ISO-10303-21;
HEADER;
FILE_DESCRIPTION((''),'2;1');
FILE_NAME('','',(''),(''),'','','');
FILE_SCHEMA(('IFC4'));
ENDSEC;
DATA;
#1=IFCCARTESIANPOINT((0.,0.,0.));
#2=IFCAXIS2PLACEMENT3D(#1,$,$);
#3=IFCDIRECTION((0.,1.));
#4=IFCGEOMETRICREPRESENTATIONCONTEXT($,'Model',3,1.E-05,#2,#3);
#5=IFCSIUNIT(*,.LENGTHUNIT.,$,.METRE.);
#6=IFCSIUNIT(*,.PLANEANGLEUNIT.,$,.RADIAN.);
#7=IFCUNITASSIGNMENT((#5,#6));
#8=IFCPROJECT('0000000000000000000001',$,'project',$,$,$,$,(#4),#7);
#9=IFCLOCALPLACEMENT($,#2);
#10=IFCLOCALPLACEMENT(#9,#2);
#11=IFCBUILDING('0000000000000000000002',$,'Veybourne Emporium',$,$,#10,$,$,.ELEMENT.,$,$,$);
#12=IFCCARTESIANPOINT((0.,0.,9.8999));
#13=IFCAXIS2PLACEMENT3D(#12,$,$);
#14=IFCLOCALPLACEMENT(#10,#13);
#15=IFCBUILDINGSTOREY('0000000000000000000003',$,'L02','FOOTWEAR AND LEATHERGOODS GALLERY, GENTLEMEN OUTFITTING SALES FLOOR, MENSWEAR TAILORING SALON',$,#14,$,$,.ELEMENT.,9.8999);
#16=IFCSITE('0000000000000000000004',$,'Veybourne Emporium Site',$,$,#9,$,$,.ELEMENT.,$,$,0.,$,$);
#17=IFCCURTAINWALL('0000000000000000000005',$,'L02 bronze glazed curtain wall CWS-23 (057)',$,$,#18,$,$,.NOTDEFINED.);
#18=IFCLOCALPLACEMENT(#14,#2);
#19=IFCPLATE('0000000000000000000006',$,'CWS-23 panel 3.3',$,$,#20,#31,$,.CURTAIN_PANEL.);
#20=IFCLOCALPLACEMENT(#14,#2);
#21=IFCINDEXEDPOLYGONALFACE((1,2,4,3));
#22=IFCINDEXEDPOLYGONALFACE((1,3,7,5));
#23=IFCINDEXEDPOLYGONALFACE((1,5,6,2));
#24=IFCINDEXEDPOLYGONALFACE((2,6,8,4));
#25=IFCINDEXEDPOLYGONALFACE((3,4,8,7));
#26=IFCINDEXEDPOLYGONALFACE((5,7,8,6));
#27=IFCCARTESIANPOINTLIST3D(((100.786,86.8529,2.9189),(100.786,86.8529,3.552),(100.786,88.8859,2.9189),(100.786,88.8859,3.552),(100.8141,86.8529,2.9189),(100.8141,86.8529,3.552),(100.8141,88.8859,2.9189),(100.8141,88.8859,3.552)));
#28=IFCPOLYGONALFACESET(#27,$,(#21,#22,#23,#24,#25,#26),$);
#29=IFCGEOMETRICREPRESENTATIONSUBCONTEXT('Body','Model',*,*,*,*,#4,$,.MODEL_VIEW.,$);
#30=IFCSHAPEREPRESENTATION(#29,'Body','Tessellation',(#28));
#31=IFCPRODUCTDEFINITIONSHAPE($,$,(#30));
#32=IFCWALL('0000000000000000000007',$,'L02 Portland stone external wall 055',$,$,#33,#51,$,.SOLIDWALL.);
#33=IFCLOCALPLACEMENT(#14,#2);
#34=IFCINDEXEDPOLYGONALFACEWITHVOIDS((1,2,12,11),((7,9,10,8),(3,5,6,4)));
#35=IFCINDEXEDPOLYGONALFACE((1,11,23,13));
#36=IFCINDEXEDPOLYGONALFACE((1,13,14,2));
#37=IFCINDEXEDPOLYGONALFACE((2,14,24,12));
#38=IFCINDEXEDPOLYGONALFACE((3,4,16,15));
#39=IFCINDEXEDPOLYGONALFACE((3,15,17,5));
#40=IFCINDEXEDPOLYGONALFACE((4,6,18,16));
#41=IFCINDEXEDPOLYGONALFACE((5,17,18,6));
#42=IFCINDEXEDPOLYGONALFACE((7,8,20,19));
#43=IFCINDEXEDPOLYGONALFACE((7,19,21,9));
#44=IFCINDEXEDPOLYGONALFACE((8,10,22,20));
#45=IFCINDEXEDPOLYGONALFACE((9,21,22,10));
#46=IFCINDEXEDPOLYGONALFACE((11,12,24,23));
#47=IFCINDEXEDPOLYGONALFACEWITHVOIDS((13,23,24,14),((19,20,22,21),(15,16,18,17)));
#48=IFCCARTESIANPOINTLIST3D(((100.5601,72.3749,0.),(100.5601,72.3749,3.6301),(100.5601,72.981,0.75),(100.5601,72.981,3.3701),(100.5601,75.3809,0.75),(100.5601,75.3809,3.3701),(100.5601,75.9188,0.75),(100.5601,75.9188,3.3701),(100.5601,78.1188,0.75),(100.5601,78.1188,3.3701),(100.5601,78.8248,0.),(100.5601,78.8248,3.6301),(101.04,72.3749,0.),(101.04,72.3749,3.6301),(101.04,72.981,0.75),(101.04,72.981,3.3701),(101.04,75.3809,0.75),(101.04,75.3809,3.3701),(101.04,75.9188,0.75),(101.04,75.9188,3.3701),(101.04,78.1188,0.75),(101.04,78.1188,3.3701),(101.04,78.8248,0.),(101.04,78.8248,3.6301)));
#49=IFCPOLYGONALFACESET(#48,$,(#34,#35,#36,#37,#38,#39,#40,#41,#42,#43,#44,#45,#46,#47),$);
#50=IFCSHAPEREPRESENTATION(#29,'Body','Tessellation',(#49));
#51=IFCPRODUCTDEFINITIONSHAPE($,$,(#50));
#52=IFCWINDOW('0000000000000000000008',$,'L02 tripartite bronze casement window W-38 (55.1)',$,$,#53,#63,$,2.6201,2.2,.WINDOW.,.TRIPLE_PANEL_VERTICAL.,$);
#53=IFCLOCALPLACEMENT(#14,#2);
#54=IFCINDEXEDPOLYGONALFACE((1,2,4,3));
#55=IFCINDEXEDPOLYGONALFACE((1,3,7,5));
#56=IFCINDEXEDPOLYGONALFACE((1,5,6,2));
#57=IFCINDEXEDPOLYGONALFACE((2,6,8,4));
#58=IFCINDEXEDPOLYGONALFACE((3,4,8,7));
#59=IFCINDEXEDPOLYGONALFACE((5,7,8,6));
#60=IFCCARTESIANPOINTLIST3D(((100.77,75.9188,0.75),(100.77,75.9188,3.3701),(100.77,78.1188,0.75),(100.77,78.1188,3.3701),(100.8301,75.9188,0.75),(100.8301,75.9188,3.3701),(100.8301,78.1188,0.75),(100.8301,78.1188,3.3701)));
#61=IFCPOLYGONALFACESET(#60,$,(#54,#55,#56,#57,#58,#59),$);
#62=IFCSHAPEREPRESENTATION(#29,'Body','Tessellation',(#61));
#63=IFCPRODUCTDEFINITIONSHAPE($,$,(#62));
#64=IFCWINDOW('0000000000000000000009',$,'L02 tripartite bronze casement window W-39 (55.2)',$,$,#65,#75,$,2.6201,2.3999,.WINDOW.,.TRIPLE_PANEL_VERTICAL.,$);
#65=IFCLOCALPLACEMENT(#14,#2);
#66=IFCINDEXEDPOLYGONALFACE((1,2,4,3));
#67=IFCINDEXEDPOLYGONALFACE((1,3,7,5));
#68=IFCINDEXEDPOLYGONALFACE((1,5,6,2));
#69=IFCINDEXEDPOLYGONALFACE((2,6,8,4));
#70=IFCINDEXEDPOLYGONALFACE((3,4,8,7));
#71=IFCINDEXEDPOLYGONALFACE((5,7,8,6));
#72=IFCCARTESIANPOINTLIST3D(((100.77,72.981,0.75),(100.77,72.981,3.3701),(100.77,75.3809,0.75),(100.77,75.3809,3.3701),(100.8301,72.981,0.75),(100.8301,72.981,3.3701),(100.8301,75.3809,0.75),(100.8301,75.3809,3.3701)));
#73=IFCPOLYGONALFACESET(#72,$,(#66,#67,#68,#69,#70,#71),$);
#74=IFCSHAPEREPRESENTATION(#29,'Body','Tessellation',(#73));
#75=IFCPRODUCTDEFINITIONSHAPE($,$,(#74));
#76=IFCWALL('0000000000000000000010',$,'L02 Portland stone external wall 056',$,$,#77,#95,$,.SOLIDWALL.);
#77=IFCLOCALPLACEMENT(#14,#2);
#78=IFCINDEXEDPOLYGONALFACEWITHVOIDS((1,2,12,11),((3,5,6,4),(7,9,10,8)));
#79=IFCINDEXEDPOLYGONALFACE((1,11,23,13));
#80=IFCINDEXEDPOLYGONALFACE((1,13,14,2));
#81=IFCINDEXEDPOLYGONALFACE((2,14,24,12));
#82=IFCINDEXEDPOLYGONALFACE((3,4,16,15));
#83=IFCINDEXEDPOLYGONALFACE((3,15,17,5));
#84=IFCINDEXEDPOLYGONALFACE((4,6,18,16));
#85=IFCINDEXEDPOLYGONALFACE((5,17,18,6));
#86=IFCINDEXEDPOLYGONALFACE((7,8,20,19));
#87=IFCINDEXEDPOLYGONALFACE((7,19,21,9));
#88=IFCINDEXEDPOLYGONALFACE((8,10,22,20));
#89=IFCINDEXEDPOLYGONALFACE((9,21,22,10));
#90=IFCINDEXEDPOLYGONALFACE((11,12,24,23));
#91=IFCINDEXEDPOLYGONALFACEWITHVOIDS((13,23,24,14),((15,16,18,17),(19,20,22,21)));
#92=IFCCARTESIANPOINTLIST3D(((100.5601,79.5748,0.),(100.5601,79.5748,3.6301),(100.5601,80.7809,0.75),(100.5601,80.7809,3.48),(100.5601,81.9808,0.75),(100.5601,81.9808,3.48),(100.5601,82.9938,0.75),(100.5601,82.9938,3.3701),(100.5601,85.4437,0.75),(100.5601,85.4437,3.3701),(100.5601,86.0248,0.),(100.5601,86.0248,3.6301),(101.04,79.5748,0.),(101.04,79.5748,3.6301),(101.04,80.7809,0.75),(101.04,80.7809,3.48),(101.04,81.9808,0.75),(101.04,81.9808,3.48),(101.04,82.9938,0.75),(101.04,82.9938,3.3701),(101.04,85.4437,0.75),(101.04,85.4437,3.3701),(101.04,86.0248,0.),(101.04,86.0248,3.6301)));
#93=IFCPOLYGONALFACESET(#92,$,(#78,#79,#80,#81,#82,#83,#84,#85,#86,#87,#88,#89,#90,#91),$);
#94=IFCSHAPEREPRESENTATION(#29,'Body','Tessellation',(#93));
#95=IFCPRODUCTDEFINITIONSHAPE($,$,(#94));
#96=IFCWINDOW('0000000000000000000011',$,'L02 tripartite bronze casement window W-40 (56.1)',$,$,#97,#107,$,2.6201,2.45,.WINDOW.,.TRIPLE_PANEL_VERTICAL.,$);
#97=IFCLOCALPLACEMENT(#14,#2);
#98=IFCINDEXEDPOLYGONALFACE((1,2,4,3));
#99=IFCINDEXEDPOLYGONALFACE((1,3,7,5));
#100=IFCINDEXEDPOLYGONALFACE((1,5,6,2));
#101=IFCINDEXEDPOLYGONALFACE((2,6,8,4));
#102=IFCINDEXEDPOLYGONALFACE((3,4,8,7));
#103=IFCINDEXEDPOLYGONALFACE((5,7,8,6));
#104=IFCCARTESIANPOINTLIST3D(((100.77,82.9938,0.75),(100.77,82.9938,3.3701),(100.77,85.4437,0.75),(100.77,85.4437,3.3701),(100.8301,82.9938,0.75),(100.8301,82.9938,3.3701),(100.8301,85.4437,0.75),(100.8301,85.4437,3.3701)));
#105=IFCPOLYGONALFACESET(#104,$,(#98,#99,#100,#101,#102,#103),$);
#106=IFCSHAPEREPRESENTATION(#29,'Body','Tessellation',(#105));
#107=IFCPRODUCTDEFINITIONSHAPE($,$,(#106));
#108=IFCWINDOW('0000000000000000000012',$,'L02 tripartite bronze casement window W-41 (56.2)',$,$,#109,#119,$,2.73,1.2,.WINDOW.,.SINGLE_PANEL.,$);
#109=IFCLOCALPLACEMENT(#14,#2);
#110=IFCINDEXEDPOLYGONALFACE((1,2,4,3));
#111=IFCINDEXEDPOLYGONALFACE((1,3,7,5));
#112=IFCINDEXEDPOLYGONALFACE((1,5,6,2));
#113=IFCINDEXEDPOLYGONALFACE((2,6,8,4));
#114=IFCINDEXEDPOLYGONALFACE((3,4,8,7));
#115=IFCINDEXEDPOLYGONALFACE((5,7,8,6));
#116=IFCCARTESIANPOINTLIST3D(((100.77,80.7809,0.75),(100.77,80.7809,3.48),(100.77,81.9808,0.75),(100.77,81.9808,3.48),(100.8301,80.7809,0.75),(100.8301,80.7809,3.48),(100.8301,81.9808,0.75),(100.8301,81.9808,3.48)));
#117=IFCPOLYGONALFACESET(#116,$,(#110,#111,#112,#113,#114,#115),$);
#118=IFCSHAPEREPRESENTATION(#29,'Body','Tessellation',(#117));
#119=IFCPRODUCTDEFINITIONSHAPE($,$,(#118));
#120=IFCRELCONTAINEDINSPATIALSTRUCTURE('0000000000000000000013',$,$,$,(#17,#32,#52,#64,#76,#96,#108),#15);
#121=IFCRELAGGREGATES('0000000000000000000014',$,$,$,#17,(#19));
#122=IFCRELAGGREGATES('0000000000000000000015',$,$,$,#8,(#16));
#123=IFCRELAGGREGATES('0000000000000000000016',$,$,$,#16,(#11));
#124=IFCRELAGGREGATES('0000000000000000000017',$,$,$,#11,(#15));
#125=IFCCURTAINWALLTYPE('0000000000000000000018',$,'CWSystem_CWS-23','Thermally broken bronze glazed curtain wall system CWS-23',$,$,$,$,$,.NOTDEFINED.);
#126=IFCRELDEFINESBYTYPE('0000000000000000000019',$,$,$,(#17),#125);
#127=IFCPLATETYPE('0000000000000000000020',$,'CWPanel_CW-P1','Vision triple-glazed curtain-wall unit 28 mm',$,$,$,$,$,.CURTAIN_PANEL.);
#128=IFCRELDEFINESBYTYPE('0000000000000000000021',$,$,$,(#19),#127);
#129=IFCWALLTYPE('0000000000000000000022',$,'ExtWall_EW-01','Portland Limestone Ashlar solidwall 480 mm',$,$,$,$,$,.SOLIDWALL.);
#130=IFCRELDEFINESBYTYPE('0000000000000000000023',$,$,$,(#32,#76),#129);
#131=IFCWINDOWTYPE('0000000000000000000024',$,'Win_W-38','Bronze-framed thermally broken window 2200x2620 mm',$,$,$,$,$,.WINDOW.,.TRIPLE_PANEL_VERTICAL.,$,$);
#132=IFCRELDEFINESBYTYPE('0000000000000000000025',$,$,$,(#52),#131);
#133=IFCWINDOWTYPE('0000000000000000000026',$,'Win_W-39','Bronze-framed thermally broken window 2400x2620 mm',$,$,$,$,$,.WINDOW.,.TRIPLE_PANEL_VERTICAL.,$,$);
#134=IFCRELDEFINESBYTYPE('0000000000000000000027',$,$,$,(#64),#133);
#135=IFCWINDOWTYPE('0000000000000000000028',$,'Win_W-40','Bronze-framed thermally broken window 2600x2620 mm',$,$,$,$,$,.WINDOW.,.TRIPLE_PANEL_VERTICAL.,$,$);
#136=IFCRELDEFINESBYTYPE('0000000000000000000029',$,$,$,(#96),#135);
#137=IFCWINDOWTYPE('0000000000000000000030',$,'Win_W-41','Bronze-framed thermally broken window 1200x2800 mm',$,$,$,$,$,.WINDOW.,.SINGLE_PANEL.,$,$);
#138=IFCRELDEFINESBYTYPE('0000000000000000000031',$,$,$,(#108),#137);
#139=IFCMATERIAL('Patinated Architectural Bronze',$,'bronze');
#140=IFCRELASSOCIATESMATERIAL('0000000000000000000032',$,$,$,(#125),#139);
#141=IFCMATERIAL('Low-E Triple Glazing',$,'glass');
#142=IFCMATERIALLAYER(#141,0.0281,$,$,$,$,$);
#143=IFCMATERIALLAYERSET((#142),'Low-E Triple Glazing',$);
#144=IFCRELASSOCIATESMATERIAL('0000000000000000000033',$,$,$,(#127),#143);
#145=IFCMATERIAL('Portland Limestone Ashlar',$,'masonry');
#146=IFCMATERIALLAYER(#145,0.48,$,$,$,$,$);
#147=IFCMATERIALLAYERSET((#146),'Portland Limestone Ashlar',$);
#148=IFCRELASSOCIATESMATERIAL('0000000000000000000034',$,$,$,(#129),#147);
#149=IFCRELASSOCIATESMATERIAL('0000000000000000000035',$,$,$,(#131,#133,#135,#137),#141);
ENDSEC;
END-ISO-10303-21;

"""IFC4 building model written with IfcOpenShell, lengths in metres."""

from ifc_helpers import new_model, si_unit, direction, frame, frame_2d, origin, origin_2d, place, context, subcontext, project, spatial, rectangle, extrude, material, layer, layer_set, type_object, element, fill, aggregate, save


model = new_model("IFC4")

# Units and contexts
model_context = context("Model", 3, precision=1e-05, world=origin(), true_north=direction((0.0, 1.0)))
body_context = subcontext(model_context, "Body", "Model", "MODEL_VIEW")
ifc_project = project(units=[si_unit("LENGTHUNIT", "METRE"), si_unit("PLANEANGLEUNIT", "RADIAN")], contexts=[model_context])

# Site, building, storey
site_placement = place(None, origin())
site = spatial("IfcSite", under=ifc_project, at=site_placement, Name="Veybourne Emporium Site", CompositionType="ELEMENT", RefElevation=0.0)
building_placement = place(site_placement, origin())
building = spatial("IfcBuilding", under=site, at=building_placement, Name="Veybourne Emporium", CompositionType="ELEMENT")
storey_placement = place(building_placement, frame((0.0, 0.0, 9.8999)))
storey = spatial("IfcBuildingStorey", under=building, at=storey_placement, Name="L02", Description="FOOTWEAR AND LEATHERGOODS GALLERY, GENTLEMEN OUTFITTING SALES FLOOR, MENSWEAR TAILORING SALON", CompositionType="ELEMENT", Elevation=9.8999)

# Curtain wall
ifc_material_1 = material(Name="Patinated Architectural Bronze", Category="bronze")
curtain_wall_type = type_object("IfcCurtainWallType", Name="CWSystem_CWS-23", Description="Thermally broken bronze glazed curtain wall system CWS-23", PredefinedType="NOTDEFINED", material=ifc_material_1)
curtain_wall_placement = place(storey_placement, origin())
curtain_wall = element("IfcCurtainWall", 1, at=curtain_wall_placement, inside=storey, type_object=curtain_wall_type, Name="L02 bronze glazed curtain wall CWS-23 (057)", PredefinedType="NOTDEFINED")

# Plate
ifc_material_2 = material(Name="Low-E Triple Glazing", Category="glass")
ifc_layer_1 = layer(ifc_material_2, 0.0281)
ifc_layer_set_1 = layer_set([ifc_layer_1], Name="Low-E Triple Glazing")
plate_type = type_object("IfcPlateType", Name="CWPanel_CW-P1", Description="Vision triple-glazed curtain-wall unit 28 mm", PredefinedType="CURTAIN_PANEL", material=ifc_layer_set_1)
plate_1_placement = place(storey_placement, frame((100.8, 87.8694, 2.9189), z_axis=(0.0, 0.0, 1.0), x_axis=(0.0, -1.0, 0.0)))
plate_1 = element("IfcPlate", 2, at=plate_1_placement, type_object=plate_type, Name="CWS-23 panel 3.3", PredefinedType="CURTAIN_PANEL", context=body_context, shape_type="SweptSolid", body=[
    extrude(rectangle(XDim=2.033, YDim=0.0281, at=origin_2d()), origin(), (0.0, 0.0, 1.0), 0.6331),
])
aggregate(curtain_wall, [plate_1])

# Walls, openings, windows
ifc_material_3 = material(Name="Portland Limestone Ashlar", Category="masonry")
ifc_layer_2 = layer(ifc_material_3, 0.48)
ifc_layer_set_2 = layer_set([ifc_layer_2], Name="Portland Limestone Ashlar")
wall_type = type_object("IfcWallType", Name="ExtWall_EW-01", Description="Portland Limestone Ashlar solidwall 480 mm", PredefinedType="SOLIDWALL", material=ifc_layer_set_2)
wall_1_placement = place(storey_placement, frame((100.8, 78.825, 0.0), z_axis=(0.0, 0.0, 1.0), x_axis=(0.0, -1.0, 0.0)))
wall_1 = element("IfcWall", 3, at=wall_1_placement, inside=storey, type_object=wall_type, Name="L02 Portland stone external wall 055", PredefinedType="SOLIDWALL", context=body_context, shape_type="SweptSolid", body=[
    extrude(rectangle(XDim=6.45, YDim=0.48, at=frame_2d((3.2251, 0.0))), origin(), (0.0, 0.0, 1.0), 3.6301),
])
opening_1_placement = place(wall_1_placement, frame((0.7061, 0.0, 0.75)))
opening_1 = element("IfcOpeningElement", 4, at=opening_1_placement, cuts=wall_1, PredefinedType="OPENING", context=body_context, shape_type="SweptSolid", body=[
    extrude(rectangle(XDim=2.2, YDim=2.6201, at=frame_2d((1.1001, 1.3101))), frame((0.0, 0.26, 0.0), z_axis=(0.0, -1.0, 0.0), x_axis=(1.0, 0.0, 0.0)), (0.0, 0.0, 1.0), 0.52),
])
opening_2_placement = place(wall_1_placement, frame((3.4441, 0.0, 0.75)))
opening_2 = element("IfcOpeningElement", 5, at=opening_2_placement, cuts=wall_1, PredefinedType="OPENING", context=body_context, shape_type="SweptSolid", body=[
    extrude(rectangle(XDim=2.3999, YDim=2.6201, at=frame_2d((1.2, 1.3101))), frame((0.0, 0.26, 0.0), z_axis=(0.0, -1.0, 0.0), x_axis=(1.0, 0.0, 0.0)), (0.0, 0.0, 1.0), 0.52),
])
window_type_1 = type_object("IfcWindowType", Name="Win_W-38", Description="Bronze-framed thermally broken window 2200x2620 mm", PartitioningType="TRIPLE_PANEL_VERTICAL", PredefinedType="WINDOW", material=ifc_material_2)
window_1_placement = place(opening_1_placement, origin())
window_1 = element("IfcWindow", 6, at=window_1_placement, inside=storey, type_object=window_type_1, Name="L02 tripartite bronze casement window W-38 (55.1)", OverallHeight=2.6201, OverallWidth=2.2, PartitioningType="TRIPLE_PANEL_VERTICAL", PredefinedType="WINDOW", context=body_context, shape_type="SweptSolid", body=[
    extrude(rectangle(XDim=2.2, YDim=2.6201, at=frame_2d((1.1001, 1.3101))), frame((0.0, 0.03, 0.0), z_axis=(0.0, -1.0, 0.0), x_axis=(1.0, 0.0, 0.0)), (0.0, 0.0, 1.0), 0.0601),
])
fill(opening_1, window_1)
window_type_2 = type_object("IfcWindowType", Name="Win_W-39", Description="Bronze-framed thermally broken window 2400x2620 mm", PartitioningType="TRIPLE_PANEL_VERTICAL", PredefinedType="WINDOW", material=ifc_material_2)
window_2_placement = place(opening_2_placement, origin())
window_2 = element("IfcWindow", 7, at=window_2_placement, inside=storey, type_object=window_type_2, Name="L02 tripartite bronze casement window W-39 (55.2)", OverallHeight=2.6201, OverallWidth=2.3999, PartitioningType="TRIPLE_PANEL_VERTICAL", PredefinedType="WINDOW", context=body_context, shape_type="SweptSolid", body=[
    extrude(rectangle(XDim=2.3999, YDim=2.6201, at=frame_2d((1.2, 1.3101))), frame((0.0, 0.03, 0.0), z_axis=(0.0, -1.0, 0.0), x_axis=(1.0, 0.0, 0.0)), (0.0, 0.0, 1.0), 0.0601),
])
fill(opening_2, window_2)
wall_2_placement = place(storey_placement, frame((100.8, 86.0249, 0.0), z_axis=(0.0, 0.0, 1.0), x_axis=(0.0, -1.0, 0.0)))
wall_2 = element("IfcWall", 8, at=wall_2_placement, inside=storey, type_object=wall_type, Name="L02 Portland stone external wall 056", PredefinedType="SOLIDWALL", context=body_context, shape_type="SweptSolid", body=[
    extrude(rectangle(XDim=6.45, YDim=0.48, at=frame_2d((3.2251, 0.0))), origin(), (0.0, 0.0, 1.0), 3.6301),
])
opening_3_placement = place(wall_2_placement, frame((0.5811, 0.0, 0.75)))
opening_3 = element("IfcOpeningElement", 9, at=opening_3_placement, cuts=wall_2, PredefinedType="OPENING", context=body_context, shape_type="SweptSolid", body=[
    extrude(rectangle(XDim=2.45, YDim=2.6201, at=frame_2d((1.2251, 1.3101))), frame((0.0, 0.26, 0.0), z_axis=(0.0, -1.0, 0.0), x_axis=(1.0, 0.0, 0.0)), (0.0, 0.0, 1.0), 0.52),
])
opening_4_placement = place(wall_2_placement, frame((4.0439, 0.0, 0.75)))
opening_4 = element("IfcOpeningElement", 10, at=opening_4_placement, cuts=wall_2, PredefinedType="OPENING", context=body_context, shape_type="SweptSolid", body=[
    extrude(rectangle(XDim=1.2, YDim=2.73, at=frame_2d((0.6001, 1.365))), frame((0.0, 0.26, 0.0), z_axis=(0.0, -1.0, 0.0), x_axis=(1.0, 0.0, 0.0)), (0.0, 0.0, 1.0), 0.52),
])
window_type_3 = type_object("IfcWindowType", Name="Win_W-40", Description="Bronze-framed thermally broken window 2600x2620 mm", PartitioningType="TRIPLE_PANEL_VERTICAL", PredefinedType="WINDOW", material=ifc_material_2)
window_3_placement = place(opening_3_placement, origin())
window_3 = element("IfcWindow", 11, at=window_3_placement, inside=storey, type_object=window_type_3, Name="L02 tripartite bronze casement window W-40 (56.1)", OverallHeight=2.6201, OverallWidth=2.45, PartitioningType="TRIPLE_PANEL_VERTICAL", PredefinedType="WINDOW", context=body_context, shape_type="SweptSolid", body=[
    extrude(rectangle(XDim=2.45, YDim=2.6201, at=frame_2d((1.2251, 1.3101))), frame((0.0, 0.03, 0.0), z_axis=(0.0, -1.0, 0.0), x_axis=(1.0, 0.0, 0.0)), (0.0, 0.0, 1.0), 0.0601),
])
fill(opening_3, window_3)
window_type_4 = type_object("IfcWindowType", Name="Win_W-41", Description="Bronze-framed thermally broken window 1200x2800 mm", PartitioningType="SINGLE_PANEL", PredefinedType="WINDOW", material=ifc_material_2)
window_4_placement = place(opening_4_placement, origin())
window_4 = element("IfcWindow", 12, at=window_4_placement, inside=storey, type_object=window_type_4, Name="L02 tripartite bronze casement window W-41 (56.2)", OverallHeight=2.73, OverallWidth=1.2, PartitioningType="SINGLE_PANEL", PredefinedType="WINDOW", context=body_context, shape_type="SweptSolid", body=[
    extrude(rectangle(XDim=1.2, YDim=2.73, at=frame_2d((0.6001, 1.365))), frame((0.0, 0.03, 0.0), z_axis=(0.0, -1.0, 0.0), x_axis=(1.0, 0.0, 0.0)), (0.0, 0.0, 1.0), 0.0601),
])
fill(opening_4, window_4)

save(model, "model.ifc")
